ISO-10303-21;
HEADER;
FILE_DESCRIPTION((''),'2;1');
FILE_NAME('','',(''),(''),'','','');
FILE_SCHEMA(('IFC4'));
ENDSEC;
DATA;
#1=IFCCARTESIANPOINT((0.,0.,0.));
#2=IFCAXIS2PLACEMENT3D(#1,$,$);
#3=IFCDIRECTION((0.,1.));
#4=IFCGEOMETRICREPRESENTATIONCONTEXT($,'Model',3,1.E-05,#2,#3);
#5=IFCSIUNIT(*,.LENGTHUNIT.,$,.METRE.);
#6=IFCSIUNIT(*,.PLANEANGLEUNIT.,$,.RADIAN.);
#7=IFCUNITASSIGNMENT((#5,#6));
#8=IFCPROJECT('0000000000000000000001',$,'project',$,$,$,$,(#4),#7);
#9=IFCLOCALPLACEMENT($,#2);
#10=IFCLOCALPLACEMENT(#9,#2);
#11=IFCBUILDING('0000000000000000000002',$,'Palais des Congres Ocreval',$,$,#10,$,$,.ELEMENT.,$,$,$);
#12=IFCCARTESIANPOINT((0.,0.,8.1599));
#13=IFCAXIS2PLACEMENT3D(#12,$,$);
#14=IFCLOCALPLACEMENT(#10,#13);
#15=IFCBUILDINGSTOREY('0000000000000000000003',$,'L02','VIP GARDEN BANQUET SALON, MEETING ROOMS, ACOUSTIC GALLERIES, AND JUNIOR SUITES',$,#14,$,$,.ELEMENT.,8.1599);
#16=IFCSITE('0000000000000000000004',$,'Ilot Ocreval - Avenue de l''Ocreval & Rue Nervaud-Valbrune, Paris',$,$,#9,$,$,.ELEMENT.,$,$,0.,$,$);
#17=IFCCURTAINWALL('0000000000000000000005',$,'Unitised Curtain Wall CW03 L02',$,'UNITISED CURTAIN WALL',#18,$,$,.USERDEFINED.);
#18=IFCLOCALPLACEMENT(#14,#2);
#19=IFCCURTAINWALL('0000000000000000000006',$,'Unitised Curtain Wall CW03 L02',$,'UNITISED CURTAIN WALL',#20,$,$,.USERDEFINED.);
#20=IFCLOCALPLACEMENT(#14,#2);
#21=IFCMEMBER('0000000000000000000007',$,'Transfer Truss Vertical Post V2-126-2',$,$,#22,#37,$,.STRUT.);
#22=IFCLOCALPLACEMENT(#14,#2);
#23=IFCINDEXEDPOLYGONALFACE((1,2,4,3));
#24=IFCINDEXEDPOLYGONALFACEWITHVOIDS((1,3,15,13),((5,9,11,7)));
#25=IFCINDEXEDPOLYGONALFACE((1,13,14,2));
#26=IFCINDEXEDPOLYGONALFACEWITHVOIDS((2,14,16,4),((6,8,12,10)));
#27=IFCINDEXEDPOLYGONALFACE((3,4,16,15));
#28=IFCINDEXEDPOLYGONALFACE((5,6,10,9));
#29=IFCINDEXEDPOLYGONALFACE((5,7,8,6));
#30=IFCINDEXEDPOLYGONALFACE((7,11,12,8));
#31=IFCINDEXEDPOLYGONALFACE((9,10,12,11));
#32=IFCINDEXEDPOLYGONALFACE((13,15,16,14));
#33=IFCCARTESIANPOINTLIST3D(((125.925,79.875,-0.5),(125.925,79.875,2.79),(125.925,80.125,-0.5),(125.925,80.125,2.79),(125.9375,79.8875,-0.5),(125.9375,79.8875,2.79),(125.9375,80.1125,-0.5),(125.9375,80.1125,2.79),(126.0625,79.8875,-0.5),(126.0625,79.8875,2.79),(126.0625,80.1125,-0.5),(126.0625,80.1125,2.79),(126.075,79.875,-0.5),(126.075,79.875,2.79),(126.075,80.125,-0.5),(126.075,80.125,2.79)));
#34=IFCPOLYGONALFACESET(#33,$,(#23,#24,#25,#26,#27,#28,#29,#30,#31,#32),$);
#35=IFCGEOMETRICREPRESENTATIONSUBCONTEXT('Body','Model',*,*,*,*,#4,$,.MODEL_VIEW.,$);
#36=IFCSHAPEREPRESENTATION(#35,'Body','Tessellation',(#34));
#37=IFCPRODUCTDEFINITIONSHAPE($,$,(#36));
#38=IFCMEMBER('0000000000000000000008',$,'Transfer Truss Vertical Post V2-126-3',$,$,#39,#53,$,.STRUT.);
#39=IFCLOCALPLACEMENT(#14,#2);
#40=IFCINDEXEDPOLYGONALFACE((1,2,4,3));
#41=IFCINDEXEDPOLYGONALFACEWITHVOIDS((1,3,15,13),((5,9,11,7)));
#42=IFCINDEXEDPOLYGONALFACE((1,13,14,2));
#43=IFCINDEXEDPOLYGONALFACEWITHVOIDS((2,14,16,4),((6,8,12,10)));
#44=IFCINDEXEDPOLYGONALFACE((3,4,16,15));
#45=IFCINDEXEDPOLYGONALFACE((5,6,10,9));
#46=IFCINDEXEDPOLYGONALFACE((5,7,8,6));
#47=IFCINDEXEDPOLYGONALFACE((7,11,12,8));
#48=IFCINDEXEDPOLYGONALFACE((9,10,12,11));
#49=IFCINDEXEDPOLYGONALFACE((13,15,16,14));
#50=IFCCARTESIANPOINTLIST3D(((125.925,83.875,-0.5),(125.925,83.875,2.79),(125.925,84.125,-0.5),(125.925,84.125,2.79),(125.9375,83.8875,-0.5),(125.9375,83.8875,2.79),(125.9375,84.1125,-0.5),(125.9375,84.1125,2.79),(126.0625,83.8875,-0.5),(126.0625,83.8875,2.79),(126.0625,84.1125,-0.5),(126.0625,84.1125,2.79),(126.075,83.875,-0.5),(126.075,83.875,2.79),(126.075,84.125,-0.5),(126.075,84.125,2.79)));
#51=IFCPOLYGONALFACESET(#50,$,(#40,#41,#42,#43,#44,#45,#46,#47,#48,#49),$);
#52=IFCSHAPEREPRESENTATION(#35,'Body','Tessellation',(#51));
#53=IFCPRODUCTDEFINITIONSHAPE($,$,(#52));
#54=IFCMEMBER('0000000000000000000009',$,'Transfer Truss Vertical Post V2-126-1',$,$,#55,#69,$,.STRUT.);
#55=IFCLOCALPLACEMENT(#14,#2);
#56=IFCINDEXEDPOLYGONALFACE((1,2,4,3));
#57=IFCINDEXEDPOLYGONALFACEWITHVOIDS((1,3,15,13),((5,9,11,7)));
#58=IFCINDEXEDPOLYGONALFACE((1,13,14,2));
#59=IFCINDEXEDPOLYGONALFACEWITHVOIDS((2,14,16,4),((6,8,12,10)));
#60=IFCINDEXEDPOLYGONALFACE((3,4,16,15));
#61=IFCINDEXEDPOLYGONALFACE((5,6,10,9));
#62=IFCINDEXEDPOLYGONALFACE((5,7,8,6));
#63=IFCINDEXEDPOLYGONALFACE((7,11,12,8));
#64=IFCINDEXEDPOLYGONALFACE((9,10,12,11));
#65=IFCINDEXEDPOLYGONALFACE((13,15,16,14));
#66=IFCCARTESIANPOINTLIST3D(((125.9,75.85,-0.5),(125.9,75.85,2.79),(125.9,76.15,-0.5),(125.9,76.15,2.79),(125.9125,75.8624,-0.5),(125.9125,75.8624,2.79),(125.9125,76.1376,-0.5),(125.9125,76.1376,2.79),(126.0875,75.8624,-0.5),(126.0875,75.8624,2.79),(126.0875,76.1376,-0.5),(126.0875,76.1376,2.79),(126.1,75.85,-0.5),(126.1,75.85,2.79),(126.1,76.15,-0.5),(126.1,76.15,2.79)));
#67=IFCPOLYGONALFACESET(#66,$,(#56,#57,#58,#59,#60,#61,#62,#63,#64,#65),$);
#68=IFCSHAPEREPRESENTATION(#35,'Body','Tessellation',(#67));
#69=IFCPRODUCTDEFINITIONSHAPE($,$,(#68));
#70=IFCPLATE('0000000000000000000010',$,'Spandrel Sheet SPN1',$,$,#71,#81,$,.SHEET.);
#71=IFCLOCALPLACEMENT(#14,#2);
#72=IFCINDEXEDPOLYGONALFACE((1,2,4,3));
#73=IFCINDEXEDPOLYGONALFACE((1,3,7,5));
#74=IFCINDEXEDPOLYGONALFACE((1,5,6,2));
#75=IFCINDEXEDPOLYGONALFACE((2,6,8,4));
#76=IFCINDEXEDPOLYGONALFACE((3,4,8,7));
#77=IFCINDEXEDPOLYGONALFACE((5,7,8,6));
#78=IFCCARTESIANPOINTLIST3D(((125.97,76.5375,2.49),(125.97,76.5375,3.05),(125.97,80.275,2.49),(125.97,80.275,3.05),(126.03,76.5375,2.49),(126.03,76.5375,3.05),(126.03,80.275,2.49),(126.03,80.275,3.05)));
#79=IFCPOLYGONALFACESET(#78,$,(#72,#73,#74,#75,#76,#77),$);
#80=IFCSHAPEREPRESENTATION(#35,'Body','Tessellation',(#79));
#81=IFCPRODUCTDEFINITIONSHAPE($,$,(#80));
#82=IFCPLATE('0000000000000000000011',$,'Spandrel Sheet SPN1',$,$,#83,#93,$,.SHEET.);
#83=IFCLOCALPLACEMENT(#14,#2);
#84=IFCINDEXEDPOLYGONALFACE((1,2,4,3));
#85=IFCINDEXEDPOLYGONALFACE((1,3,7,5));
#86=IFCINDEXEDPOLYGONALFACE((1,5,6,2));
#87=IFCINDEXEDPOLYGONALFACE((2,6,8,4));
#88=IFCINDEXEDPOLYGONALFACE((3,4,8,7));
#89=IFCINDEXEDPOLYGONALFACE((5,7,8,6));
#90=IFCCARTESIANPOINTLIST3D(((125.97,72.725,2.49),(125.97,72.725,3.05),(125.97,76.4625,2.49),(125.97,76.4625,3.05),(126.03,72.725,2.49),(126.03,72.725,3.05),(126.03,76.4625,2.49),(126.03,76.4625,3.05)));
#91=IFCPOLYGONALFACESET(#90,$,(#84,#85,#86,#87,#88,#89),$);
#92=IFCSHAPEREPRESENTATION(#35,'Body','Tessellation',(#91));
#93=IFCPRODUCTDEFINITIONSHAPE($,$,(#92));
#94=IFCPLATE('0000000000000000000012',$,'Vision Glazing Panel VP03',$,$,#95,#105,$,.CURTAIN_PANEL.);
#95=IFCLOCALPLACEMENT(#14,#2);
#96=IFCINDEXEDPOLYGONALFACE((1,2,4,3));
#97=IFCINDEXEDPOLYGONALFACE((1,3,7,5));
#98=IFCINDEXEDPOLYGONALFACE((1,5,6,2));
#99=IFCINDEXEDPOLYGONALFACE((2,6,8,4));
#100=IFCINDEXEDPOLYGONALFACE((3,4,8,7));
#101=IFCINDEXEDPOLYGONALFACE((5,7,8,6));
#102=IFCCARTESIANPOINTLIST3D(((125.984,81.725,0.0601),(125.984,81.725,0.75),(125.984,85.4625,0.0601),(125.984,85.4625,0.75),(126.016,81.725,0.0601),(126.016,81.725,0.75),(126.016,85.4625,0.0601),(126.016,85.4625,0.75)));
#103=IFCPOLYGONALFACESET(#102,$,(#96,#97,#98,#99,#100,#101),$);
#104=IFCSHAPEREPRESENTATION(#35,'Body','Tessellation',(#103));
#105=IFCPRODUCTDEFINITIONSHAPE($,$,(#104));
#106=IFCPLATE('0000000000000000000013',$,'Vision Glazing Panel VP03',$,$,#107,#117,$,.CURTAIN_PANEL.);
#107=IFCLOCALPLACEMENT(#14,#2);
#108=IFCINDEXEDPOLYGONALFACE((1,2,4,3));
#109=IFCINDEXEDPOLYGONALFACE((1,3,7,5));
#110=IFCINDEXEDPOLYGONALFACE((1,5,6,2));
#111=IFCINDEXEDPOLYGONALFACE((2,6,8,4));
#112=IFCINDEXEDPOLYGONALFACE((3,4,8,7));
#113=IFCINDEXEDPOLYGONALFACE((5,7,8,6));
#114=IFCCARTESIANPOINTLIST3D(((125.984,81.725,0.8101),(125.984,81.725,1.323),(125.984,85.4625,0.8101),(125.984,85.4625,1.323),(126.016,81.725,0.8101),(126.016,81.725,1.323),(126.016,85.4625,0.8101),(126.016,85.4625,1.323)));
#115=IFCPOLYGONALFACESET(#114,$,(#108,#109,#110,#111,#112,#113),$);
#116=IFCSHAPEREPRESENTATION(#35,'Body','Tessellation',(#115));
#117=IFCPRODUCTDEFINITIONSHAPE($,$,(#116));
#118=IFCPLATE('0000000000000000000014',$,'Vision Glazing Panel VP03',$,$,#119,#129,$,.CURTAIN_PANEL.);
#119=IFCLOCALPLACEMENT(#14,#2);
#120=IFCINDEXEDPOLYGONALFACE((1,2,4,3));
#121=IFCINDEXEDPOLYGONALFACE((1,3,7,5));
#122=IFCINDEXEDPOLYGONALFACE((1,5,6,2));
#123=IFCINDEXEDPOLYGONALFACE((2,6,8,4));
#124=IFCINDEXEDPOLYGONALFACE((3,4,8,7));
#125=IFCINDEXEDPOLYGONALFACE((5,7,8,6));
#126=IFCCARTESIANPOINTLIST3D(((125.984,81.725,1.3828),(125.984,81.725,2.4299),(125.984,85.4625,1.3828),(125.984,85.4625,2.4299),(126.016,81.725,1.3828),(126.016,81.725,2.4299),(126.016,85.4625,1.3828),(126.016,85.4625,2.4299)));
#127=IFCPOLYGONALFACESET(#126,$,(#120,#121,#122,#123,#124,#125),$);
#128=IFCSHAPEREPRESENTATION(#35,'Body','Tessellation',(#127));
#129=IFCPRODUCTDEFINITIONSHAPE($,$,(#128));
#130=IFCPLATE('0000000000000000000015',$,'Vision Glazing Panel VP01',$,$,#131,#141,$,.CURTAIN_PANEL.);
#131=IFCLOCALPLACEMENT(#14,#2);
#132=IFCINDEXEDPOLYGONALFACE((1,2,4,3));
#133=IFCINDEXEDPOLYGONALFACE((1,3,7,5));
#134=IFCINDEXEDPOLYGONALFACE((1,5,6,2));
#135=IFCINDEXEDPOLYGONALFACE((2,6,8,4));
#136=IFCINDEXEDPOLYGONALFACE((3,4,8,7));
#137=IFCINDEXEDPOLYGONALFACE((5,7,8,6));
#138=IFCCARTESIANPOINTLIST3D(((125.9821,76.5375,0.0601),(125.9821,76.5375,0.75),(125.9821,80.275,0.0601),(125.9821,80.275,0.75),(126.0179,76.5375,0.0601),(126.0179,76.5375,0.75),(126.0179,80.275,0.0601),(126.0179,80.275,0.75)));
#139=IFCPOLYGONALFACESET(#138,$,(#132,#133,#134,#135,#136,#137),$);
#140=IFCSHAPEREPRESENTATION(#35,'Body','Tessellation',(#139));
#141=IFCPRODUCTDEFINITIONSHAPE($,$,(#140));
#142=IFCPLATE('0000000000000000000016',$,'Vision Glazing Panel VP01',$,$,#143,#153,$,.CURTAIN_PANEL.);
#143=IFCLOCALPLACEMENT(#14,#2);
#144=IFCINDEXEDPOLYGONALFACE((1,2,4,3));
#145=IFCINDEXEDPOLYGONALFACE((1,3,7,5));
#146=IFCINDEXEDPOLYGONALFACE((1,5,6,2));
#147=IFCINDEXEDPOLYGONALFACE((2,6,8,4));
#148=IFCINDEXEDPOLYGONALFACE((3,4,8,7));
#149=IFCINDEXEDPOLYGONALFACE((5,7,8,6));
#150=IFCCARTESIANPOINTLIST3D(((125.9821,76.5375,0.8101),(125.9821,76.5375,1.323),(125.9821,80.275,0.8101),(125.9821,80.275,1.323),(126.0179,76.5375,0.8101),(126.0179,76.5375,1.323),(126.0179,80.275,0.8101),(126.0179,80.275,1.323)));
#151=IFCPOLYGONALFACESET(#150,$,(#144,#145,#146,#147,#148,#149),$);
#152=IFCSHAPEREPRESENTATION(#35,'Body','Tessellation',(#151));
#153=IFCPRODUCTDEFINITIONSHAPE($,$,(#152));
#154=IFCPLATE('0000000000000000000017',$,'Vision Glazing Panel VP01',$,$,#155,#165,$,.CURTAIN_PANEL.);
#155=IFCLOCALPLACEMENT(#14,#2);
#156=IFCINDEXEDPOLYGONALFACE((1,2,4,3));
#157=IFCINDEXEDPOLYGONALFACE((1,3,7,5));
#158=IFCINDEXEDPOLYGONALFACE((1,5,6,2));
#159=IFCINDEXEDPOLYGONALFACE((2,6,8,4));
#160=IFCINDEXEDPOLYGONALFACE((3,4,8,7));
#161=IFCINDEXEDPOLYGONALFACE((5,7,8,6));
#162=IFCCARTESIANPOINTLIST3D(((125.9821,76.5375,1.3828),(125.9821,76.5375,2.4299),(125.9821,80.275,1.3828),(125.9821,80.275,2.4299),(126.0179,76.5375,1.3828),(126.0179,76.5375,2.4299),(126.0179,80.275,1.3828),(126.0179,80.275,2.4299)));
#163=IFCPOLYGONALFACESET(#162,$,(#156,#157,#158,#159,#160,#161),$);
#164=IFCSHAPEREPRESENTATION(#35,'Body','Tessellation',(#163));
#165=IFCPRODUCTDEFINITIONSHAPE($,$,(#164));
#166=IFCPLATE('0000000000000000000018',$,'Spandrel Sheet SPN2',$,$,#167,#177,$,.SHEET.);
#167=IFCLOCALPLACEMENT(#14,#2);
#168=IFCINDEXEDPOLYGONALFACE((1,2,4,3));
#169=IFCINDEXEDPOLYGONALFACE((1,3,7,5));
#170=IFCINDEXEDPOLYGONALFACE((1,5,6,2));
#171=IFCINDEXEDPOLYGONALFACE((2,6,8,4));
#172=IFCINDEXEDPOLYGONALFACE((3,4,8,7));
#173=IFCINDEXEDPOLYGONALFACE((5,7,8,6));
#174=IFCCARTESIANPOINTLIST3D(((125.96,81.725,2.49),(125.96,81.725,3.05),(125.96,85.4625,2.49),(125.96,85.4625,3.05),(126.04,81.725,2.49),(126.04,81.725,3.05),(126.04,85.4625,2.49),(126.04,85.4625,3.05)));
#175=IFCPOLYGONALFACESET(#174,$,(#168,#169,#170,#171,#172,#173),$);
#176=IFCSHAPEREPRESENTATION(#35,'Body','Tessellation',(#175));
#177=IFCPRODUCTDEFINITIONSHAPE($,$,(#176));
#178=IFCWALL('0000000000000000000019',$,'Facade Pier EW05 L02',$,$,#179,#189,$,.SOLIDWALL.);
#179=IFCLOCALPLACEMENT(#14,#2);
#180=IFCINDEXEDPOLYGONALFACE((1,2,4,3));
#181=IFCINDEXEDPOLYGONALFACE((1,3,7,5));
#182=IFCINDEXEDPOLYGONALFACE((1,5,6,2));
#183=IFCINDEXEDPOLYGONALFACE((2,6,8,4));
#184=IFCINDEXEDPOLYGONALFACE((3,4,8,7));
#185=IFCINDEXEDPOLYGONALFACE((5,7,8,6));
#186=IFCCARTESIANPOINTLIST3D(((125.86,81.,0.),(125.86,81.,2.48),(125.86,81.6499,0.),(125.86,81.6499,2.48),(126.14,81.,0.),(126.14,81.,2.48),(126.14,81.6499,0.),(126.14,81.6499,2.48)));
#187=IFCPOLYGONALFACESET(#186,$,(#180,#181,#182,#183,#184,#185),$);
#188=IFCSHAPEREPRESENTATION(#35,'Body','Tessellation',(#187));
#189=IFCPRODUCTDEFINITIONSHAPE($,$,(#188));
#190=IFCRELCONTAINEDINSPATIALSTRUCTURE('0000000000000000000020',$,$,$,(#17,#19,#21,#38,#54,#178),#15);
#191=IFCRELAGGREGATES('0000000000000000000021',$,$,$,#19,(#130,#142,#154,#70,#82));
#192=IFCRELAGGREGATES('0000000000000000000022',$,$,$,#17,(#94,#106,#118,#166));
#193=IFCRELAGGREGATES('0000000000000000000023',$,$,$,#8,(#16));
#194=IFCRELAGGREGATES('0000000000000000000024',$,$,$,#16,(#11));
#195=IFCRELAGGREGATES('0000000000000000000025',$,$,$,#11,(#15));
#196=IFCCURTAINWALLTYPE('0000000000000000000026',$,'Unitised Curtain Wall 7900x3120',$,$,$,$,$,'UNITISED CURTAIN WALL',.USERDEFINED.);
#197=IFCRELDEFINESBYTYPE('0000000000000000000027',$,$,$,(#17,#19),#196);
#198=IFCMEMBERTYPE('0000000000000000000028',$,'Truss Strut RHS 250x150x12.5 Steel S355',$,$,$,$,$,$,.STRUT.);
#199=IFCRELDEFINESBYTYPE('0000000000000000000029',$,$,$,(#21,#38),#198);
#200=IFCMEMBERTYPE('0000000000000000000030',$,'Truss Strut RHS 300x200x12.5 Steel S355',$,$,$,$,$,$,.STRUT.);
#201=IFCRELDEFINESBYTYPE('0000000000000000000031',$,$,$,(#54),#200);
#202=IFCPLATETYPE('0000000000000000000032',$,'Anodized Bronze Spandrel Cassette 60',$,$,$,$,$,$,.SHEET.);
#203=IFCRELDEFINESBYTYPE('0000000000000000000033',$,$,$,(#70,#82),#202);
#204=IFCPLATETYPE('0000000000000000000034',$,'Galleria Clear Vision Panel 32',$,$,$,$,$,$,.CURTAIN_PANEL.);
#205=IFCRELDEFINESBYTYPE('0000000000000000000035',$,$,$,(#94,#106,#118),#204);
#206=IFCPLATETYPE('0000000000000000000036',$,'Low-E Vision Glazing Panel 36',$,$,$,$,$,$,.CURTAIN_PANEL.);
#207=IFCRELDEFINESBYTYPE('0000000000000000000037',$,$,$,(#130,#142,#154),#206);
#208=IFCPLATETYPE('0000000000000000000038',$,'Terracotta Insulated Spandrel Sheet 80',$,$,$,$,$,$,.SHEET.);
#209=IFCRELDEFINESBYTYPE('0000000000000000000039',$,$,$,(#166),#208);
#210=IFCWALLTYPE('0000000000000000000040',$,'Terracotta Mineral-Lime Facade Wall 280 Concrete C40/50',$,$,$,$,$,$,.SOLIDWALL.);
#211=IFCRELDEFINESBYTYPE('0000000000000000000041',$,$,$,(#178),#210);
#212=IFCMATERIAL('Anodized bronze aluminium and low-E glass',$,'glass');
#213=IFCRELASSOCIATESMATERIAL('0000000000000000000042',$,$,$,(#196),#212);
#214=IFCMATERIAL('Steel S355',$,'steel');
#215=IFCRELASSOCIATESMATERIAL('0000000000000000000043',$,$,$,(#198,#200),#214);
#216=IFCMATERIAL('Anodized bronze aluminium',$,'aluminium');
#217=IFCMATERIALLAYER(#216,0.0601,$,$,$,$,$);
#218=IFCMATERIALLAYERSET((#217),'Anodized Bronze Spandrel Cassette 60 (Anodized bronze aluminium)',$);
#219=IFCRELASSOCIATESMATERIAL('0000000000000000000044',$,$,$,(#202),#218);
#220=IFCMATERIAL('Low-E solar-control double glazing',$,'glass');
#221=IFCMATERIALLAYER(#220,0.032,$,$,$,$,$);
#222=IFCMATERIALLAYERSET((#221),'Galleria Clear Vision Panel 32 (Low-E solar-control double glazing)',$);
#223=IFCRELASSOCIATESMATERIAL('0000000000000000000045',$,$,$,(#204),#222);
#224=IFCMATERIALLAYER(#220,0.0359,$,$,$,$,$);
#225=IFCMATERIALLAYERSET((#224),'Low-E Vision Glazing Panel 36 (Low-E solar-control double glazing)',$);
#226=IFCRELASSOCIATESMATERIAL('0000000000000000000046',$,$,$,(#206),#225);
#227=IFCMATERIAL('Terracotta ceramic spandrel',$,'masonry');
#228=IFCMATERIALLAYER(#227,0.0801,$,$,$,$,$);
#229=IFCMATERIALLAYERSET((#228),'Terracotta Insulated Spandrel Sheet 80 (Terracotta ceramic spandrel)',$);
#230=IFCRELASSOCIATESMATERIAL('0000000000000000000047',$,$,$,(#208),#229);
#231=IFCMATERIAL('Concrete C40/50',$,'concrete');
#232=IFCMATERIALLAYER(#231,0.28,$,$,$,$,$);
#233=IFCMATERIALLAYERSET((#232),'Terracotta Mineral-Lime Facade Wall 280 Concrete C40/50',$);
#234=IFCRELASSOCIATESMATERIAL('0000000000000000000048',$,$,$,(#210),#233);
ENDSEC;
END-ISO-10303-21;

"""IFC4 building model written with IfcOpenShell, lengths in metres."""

from ifc_helpers import new_model, si_unit, direction, frame, frame_2d, origin, origin_2d, place, context, subcontext, project, spatial, rectangle, hollow_rectangle, extrude, material, layer, layer_set, material_profile, profile_set, type_object, element, aggregate, save


model = new_model("IFC4")

# Units and contexts
model_context = context("Model", 3, precision=1e-05, world=origin(), true_north=direction((0.0, 1.0)))
body_context = subcontext(model_context, "Body", "Model", "MODEL_VIEW")
ifc_project = project(units=[si_unit("LENGTHUNIT", "METRE"), si_unit("PLANEANGLEUNIT", "RADIAN")], contexts=[model_context])

# Site, building, storey
site_placement = place(None, origin())
site = spatial("IfcSite", under=ifc_project, at=site_placement, Name="Ilot Ocreval - Avenue de l'Ocreval & Rue Nervaud-Valbrune, Paris", CompositionType="ELEMENT", RefElevation=0.0)
building_placement = place(site_placement, origin())
building = spatial("IfcBuilding", under=site, at=building_placement, Name="Palais des Congres Ocreval", CompositionType="ELEMENT")
storey_placement = place(building_placement, frame((0.0, 0.0, 8.1599)))
storey = spatial("IfcBuildingStorey", under=building, at=storey_placement, Name="L02", Description="VIP GARDEN BANQUET SALON, MEETING ROOMS, ACOUSTIC GALLERIES, AND JUNIOR SUITES", CompositionType="ELEMENT", Elevation=8.1599)

# Curtain wall
ifc_material_1 = material(Name="Anodized bronze aluminium and low-E glass", Category="glass")
curtain_wall_type = type_object("IfcCurtainWallType", Name="Unitised Curtain Wall 7900x3120", ElementType="UNITISED CURTAIN WALL", PredefinedType="USERDEFINED", material=ifc_material_1)
curtain_wall_1_placement = place(storey_placement, origin())
curtain_wall_1 = element("IfcCurtainWall", 1, at=curtain_wall_1_placement, inside=storey, type_object=curtain_wall_type, Name="Unitised Curtain Wall CW03 L02", ObjectType="UNITISED CURTAIN WALL", PredefinedType="USERDEFINED")
ifc_material_2 = material(Name="Anodized bronze aluminium", Category="aluminium")

# Curtain wall
curtain_wall_2_placement = place(storey_placement, origin())
curtain_wall_2 = element("IfcCurtainWall", 2, at=curtain_wall_2_placement, inside=storey, type_object=curtain_wall_type, Name="Unitised Curtain Wall CW03 L02", ObjectType="UNITISED CURTAIN WALL", PredefinedType="USERDEFINED")

# Members
ifc_material_3 = material(Name="Steel S355", Category="steel")
ifc_material_profile_1 = material_profile(ifc_material_3, hollow_rectangle(XDim=0.1499, YDim=0.25, WallThickness=0.0125, at=origin_2d()), Name="RHS 250x150x12.5")
ifc_profile_set_1 = profile_set([ifc_material_profile_1], Name="Steel S355")
member_type_1 = type_object("IfcMemberType", Name="Truss Strut RHS 250x150x12.5 Steel S355", PredefinedType="STRUT", material=ifc_profile_set_1)
for number, where, z_axis, x_axis, name in (
    (3, (126.0, 80.0, -0.5), (0.0, 0.0, 1.0), (1.0, 0.0, 0.0), "Transfer Truss Vertical Post V2-126-2"),
    (4, (126.0, 84.0, -0.5), (0.0, 0.0, 1.0), (1.0, 0.0, 0.0), "Transfer Truss Vertical Post V2-126-3"),
):
    element("IfcMember", number, at=place(storey_placement, frame(where, z_axis=z_axis, x_axis=x_axis)), inside=storey, type_object=member_type_1, Name=name, PredefinedType="STRUT", context=body_context, shape_type="SweptSolid", body=[
        extrude(hollow_rectangle(XDim=0.1499, YDim=0.25, WallThickness=0.0125, at=origin_2d()), origin(), (0.0, 0.0, 1.0), 3.29),
    ])
ifc_material_profile_2 = material_profile(ifc_material_3, hollow_rectangle(XDim=0.2, YDim=0.3, WallThickness=0.0125, at=origin_2d()), Name="RHS 300x200x12.5")
ifc_profile_set_2 = profile_set([ifc_material_profile_2], Name="Steel S355")
member_type_2 = type_object("IfcMemberType", Name="Truss Strut RHS 300x200x12.5 Steel S355", PredefinedType="STRUT", material=ifc_profile_set_2)
member_1_placement = place(storey_placement, frame((126.0, 76.0, -0.5), z_axis=(0.0, 0.0, 1.0), x_axis=(1.0, 0.0, 0.0)))
element("IfcMember", 5, at=member_1_placement, inside=storey, type_object=member_type_2, Name="Transfer Truss Vertical Post V2-126-1", PredefinedType="STRUT", context=body_context, shape_type="SweptSolid", body=[
    extrude(hollow_rectangle(XDim=0.2, YDim=0.3, WallThickness=0.0125, at=origin_2d()), origin(), (0.0, 0.0, 1.0), 3.29),
])

# Plates
ifc_layer_1 = layer(ifc_material_2, 0.0601)
ifc_layer_set_1 = layer_set([ifc_layer_1], Name="Anodized Bronze Spandrel Cassette 60 (Anodized bronze aluminium)")
plate_type_1 = type_object("IfcPlateType", Name="Anodized Bronze Spandrel Cassette 60", PredefinedType="SHEET", material=ifc_layer_set_1)
plate_1_placement = place(storey_placement, frame((126.0, 78.4062, 2.49), z_axis=(0.0, 0.0, 1.0), x_axis=(0.0, -1.0, 0.0)))
plate_1 = element("IfcPlate", 6, at=plate_1_placement, type_object=plate_type_1, Name="Spandrel Sheet SPN1", PredefinedType="SHEET", context=body_context, shape_type="SweptSolid", body=[
    extrude(rectangle(XDim=3.7375, YDim=0.0601, at=origin_2d()), origin(), (0.0, 0.0, 1.0), 0.5601),
])
plate_2_placement = place(storey_placement, frame((126.0, 74.5938, 2.49), z_axis=(0.0, 0.0, 1.0), x_axis=(0.0, -1.0, 0.0)))
plate_2 = element("IfcPlate", 7, at=plate_2_placement, type_object=plate_type_1, Name="Spandrel Sheet SPN1", PredefinedType="SHEET", context=body_context, shape_type="SweptSolid", body=[
    extrude(rectangle(XDim=3.7375, YDim=0.0601, at=origin_2d()), origin(), (0.0, 0.0, 1.0), 0.5601),
])
ifc_material_4 = material(Name="Low-E solar-control double glazing", Category="glass")
ifc_layer_2 = layer(ifc_material_4, 0.032)
ifc_layer_set_2 = layer_set([ifc_layer_2], Name="Galleria Clear Vision Panel 32 (Low-E solar-control double glazing)")
plate_type_2 = type_object("IfcPlateType", Name="Galleria Clear Vision Panel 32", PredefinedType="CURTAIN_PANEL", material=ifc_layer_set_2)
plate_3_placement = place(storey_placement, frame((126.0, 83.5938, 0.0601), z_axis=(0.0, 0.0, 1.0), x_axis=(0.0, -1.0, 0.0)))
plate_3 = element("IfcPlate", 8, at=plate_3_placement, type_object=plate_type_2, Name="Vision Glazing Panel VP03", PredefinedType="CURTAIN_PANEL", context=body_context, shape_type="SweptSolid", body=[
    extrude(rectangle(XDim=3.7375, YDim=0.032, at=origin_2d()), origin(), (0.0, 0.0, 1.0), 0.6899),
])
plate_4_placement = place(storey_placement, frame((126.0, 83.5938, 0.8101), z_axis=(0.0, 0.0, 1.0), x_axis=(0.0, -1.0, 0.0)))
plate_4 = element("IfcPlate", 9, at=plate_4_placement, type_object=plate_type_2, Name="Vision Glazing Panel VP03", PredefinedType="CURTAIN_PANEL", context=body_context, shape_type="SweptSolid", body=[
    extrude(rectangle(XDim=3.7375, YDim=0.032, at=origin_2d()), origin(), (0.0, 0.0, 1.0), 0.5129),
])
plate_5_placement = place(storey_placement, frame((126.0, 83.5938, 1.3828), z_axis=(0.0, 0.0, 1.0), x_axis=(0.0, -1.0, 0.0)))
plate_5 = element("IfcPlate", 10, at=plate_5_placement, type_object=plate_type_2, Name="Vision Glazing Panel VP03", PredefinedType="CURTAIN_PANEL", context=body_context, shape_type="SweptSolid", body=[
    extrude(rectangle(XDim=3.7375, YDim=0.032, at=origin_2d()), origin(), (0.0, 0.0, 1.0), 1.0471),
])
ifc_layer_3 = layer(ifc_material_4, 0.0359)
ifc_layer_set_3 = layer_set([ifc_layer_3], Name="Low-E Vision Glazing Panel 36 (Low-E solar-control double glazing)")
plate_type_3 = type_object("IfcPlateType", Name="Low-E Vision Glazing Panel 36", PredefinedType="CURTAIN_PANEL", material=ifc_layer_set_3)
plate_6_placement = place(storey_placement, frame((126.0, 78.4062, 0.0601), z_axis=(0.0, 0.0, 1.0), x_axis=(0.0, -1.0, 0.0)))
plate_6 = element("IfcPlate", 11, at=plate_6_placement, type_object=plate_type_3, Name="Vision Glazing Panel VP01", PredefinedType="CURTAIN_PANEL", context=body_context, shape_type="SweptSolid", body=[
    extrude(rectangle(XDim=3.7375, YDim=0.0359, at=origin_2d()), origin(), (0.0, 0.0, 1.0), 0.6899),
])
plate_7_placement = place(storey_placement, frame((126.0, 78.4062, 0.8101), z_axis=(0.0, 0.0, 1.0), x_axis=(0.0, -1.0, 0.0)))
plate_7 = element("IfcPlate", 12, at=plate_7_placement, type_object=plate_type_3, Name="Vision Glazing Panel VP01", PredefinedType="CURTAIN_PANEL", context=body_context, shape_type="SweptSolid", body=[
    extrude(rectangle(XDim=3.7375, YDim=0.0359, at=origin_2d()), origin(), (0.0, 0.0, 1.0), 0.5129),
])
plate_8_placement = place(storey_placement, frame((126.0, 78.4062, 1.3828), z_axis=(0.0, 0.0, 1.0), x_axis=(0.0, -1.0, 0.0)))
plate_8 = element("IfcPlate", 13, at=plate_8_placement, type_object=plate_type_3, Name="Vision Glazing Panel VP01", PredefinedType="CURTAIN_PANEL", context=body_context, shape_type="SweptSolid", body=[
    extrude(rectangle(XDim=3.7375, YDim=0.0359, at=origin_2d()), origin(), (0.0, 0.0, 1.0), 1.0471),
])
aggregate(curtain_wall_2, [plate_6, plate_7, plate_8, plate_1, plate_2])
ifc_material_5 = material(Name="Terracotta ceramic spandrel", Category="masonry")
ifc_layer_4 = layer(ifc_material_5, 0.0801)
ifc_layer_set_4 = layer_set([ifc_layer_4], Name="Terracotta Insulated Spandrel Sheet 80 (Terracotta ceramic spandrel)")
plate_type_4 = type_object("IfcPlateType", Name="Terracotta Insulated Spandrel Sheet 80", PredefinedType="SHEET", material=ifc_layer_set_4)
plate_9_placement = place(storey_placement, frame((126.0, 83.5938, 2.49), z_axis=(0.0, 0.0, 1.0), x_axis=(0.0, -1.0, 0.0)))
plate_9 = element("IfcPlate", 14, at=plate_9_placement, type_object=plate_type_4, Name="Spandrel Sheet SPN2", PredefinedType="SHEET", context=body_context, shape_type="SweptSolid", body=[
    extrude(rectangle(XDim=3.7375, YDim=0.0801, at=origin_2d()), origin(), (0.0, 0.0, 1.0), 0.5601),
])
aggregate(curtain_wall_1, [plate_3, plate_4, plate_5, plate_9])

# Wall
ifc_material_6 = material(Name="Concrete C40/50", Category="concrete")
ifc_layer_5 = layer(ifc_material_6, 0.28)
ifc_layer_set_5 = layer_set([ifc_layer_5], Name="Terracotta Mineral-Lime Facade Wall 280 Concrete C40/50")
wall_type = type_object("IfcWallType", Name="Terracotta Mineral-Lime Facade Wall 280 Concrete C40/50", PredefinedType="SOLIDWALL", material=ifc_layer_set_5)
for number, where, z_axis, x_axis, name in (
    (15, (126.0, 81.6499, 0.0), (0.0, 0.0, 1.0), (0.0, -1.0, 0.0), "Facade Pier EW05 L02"),
):
    element("IfcWall", number, at=place(storey_placement, frame(where, z_axis=z_axis, x_axis=x_axis)), inside=storey, type_object=wall_type, Name=name, PredefinedType="SOLIDWALL", context=body_context, shape_type="SweptSolid", body=[
        extrude(rectangle(XDim=0.6499, YDim=0.28, at=frame_2d((0.325, 0.0))), origin(), (0.0, 0.0, 1.0), 2.48),
    ])

save(model, "model.ifc")
